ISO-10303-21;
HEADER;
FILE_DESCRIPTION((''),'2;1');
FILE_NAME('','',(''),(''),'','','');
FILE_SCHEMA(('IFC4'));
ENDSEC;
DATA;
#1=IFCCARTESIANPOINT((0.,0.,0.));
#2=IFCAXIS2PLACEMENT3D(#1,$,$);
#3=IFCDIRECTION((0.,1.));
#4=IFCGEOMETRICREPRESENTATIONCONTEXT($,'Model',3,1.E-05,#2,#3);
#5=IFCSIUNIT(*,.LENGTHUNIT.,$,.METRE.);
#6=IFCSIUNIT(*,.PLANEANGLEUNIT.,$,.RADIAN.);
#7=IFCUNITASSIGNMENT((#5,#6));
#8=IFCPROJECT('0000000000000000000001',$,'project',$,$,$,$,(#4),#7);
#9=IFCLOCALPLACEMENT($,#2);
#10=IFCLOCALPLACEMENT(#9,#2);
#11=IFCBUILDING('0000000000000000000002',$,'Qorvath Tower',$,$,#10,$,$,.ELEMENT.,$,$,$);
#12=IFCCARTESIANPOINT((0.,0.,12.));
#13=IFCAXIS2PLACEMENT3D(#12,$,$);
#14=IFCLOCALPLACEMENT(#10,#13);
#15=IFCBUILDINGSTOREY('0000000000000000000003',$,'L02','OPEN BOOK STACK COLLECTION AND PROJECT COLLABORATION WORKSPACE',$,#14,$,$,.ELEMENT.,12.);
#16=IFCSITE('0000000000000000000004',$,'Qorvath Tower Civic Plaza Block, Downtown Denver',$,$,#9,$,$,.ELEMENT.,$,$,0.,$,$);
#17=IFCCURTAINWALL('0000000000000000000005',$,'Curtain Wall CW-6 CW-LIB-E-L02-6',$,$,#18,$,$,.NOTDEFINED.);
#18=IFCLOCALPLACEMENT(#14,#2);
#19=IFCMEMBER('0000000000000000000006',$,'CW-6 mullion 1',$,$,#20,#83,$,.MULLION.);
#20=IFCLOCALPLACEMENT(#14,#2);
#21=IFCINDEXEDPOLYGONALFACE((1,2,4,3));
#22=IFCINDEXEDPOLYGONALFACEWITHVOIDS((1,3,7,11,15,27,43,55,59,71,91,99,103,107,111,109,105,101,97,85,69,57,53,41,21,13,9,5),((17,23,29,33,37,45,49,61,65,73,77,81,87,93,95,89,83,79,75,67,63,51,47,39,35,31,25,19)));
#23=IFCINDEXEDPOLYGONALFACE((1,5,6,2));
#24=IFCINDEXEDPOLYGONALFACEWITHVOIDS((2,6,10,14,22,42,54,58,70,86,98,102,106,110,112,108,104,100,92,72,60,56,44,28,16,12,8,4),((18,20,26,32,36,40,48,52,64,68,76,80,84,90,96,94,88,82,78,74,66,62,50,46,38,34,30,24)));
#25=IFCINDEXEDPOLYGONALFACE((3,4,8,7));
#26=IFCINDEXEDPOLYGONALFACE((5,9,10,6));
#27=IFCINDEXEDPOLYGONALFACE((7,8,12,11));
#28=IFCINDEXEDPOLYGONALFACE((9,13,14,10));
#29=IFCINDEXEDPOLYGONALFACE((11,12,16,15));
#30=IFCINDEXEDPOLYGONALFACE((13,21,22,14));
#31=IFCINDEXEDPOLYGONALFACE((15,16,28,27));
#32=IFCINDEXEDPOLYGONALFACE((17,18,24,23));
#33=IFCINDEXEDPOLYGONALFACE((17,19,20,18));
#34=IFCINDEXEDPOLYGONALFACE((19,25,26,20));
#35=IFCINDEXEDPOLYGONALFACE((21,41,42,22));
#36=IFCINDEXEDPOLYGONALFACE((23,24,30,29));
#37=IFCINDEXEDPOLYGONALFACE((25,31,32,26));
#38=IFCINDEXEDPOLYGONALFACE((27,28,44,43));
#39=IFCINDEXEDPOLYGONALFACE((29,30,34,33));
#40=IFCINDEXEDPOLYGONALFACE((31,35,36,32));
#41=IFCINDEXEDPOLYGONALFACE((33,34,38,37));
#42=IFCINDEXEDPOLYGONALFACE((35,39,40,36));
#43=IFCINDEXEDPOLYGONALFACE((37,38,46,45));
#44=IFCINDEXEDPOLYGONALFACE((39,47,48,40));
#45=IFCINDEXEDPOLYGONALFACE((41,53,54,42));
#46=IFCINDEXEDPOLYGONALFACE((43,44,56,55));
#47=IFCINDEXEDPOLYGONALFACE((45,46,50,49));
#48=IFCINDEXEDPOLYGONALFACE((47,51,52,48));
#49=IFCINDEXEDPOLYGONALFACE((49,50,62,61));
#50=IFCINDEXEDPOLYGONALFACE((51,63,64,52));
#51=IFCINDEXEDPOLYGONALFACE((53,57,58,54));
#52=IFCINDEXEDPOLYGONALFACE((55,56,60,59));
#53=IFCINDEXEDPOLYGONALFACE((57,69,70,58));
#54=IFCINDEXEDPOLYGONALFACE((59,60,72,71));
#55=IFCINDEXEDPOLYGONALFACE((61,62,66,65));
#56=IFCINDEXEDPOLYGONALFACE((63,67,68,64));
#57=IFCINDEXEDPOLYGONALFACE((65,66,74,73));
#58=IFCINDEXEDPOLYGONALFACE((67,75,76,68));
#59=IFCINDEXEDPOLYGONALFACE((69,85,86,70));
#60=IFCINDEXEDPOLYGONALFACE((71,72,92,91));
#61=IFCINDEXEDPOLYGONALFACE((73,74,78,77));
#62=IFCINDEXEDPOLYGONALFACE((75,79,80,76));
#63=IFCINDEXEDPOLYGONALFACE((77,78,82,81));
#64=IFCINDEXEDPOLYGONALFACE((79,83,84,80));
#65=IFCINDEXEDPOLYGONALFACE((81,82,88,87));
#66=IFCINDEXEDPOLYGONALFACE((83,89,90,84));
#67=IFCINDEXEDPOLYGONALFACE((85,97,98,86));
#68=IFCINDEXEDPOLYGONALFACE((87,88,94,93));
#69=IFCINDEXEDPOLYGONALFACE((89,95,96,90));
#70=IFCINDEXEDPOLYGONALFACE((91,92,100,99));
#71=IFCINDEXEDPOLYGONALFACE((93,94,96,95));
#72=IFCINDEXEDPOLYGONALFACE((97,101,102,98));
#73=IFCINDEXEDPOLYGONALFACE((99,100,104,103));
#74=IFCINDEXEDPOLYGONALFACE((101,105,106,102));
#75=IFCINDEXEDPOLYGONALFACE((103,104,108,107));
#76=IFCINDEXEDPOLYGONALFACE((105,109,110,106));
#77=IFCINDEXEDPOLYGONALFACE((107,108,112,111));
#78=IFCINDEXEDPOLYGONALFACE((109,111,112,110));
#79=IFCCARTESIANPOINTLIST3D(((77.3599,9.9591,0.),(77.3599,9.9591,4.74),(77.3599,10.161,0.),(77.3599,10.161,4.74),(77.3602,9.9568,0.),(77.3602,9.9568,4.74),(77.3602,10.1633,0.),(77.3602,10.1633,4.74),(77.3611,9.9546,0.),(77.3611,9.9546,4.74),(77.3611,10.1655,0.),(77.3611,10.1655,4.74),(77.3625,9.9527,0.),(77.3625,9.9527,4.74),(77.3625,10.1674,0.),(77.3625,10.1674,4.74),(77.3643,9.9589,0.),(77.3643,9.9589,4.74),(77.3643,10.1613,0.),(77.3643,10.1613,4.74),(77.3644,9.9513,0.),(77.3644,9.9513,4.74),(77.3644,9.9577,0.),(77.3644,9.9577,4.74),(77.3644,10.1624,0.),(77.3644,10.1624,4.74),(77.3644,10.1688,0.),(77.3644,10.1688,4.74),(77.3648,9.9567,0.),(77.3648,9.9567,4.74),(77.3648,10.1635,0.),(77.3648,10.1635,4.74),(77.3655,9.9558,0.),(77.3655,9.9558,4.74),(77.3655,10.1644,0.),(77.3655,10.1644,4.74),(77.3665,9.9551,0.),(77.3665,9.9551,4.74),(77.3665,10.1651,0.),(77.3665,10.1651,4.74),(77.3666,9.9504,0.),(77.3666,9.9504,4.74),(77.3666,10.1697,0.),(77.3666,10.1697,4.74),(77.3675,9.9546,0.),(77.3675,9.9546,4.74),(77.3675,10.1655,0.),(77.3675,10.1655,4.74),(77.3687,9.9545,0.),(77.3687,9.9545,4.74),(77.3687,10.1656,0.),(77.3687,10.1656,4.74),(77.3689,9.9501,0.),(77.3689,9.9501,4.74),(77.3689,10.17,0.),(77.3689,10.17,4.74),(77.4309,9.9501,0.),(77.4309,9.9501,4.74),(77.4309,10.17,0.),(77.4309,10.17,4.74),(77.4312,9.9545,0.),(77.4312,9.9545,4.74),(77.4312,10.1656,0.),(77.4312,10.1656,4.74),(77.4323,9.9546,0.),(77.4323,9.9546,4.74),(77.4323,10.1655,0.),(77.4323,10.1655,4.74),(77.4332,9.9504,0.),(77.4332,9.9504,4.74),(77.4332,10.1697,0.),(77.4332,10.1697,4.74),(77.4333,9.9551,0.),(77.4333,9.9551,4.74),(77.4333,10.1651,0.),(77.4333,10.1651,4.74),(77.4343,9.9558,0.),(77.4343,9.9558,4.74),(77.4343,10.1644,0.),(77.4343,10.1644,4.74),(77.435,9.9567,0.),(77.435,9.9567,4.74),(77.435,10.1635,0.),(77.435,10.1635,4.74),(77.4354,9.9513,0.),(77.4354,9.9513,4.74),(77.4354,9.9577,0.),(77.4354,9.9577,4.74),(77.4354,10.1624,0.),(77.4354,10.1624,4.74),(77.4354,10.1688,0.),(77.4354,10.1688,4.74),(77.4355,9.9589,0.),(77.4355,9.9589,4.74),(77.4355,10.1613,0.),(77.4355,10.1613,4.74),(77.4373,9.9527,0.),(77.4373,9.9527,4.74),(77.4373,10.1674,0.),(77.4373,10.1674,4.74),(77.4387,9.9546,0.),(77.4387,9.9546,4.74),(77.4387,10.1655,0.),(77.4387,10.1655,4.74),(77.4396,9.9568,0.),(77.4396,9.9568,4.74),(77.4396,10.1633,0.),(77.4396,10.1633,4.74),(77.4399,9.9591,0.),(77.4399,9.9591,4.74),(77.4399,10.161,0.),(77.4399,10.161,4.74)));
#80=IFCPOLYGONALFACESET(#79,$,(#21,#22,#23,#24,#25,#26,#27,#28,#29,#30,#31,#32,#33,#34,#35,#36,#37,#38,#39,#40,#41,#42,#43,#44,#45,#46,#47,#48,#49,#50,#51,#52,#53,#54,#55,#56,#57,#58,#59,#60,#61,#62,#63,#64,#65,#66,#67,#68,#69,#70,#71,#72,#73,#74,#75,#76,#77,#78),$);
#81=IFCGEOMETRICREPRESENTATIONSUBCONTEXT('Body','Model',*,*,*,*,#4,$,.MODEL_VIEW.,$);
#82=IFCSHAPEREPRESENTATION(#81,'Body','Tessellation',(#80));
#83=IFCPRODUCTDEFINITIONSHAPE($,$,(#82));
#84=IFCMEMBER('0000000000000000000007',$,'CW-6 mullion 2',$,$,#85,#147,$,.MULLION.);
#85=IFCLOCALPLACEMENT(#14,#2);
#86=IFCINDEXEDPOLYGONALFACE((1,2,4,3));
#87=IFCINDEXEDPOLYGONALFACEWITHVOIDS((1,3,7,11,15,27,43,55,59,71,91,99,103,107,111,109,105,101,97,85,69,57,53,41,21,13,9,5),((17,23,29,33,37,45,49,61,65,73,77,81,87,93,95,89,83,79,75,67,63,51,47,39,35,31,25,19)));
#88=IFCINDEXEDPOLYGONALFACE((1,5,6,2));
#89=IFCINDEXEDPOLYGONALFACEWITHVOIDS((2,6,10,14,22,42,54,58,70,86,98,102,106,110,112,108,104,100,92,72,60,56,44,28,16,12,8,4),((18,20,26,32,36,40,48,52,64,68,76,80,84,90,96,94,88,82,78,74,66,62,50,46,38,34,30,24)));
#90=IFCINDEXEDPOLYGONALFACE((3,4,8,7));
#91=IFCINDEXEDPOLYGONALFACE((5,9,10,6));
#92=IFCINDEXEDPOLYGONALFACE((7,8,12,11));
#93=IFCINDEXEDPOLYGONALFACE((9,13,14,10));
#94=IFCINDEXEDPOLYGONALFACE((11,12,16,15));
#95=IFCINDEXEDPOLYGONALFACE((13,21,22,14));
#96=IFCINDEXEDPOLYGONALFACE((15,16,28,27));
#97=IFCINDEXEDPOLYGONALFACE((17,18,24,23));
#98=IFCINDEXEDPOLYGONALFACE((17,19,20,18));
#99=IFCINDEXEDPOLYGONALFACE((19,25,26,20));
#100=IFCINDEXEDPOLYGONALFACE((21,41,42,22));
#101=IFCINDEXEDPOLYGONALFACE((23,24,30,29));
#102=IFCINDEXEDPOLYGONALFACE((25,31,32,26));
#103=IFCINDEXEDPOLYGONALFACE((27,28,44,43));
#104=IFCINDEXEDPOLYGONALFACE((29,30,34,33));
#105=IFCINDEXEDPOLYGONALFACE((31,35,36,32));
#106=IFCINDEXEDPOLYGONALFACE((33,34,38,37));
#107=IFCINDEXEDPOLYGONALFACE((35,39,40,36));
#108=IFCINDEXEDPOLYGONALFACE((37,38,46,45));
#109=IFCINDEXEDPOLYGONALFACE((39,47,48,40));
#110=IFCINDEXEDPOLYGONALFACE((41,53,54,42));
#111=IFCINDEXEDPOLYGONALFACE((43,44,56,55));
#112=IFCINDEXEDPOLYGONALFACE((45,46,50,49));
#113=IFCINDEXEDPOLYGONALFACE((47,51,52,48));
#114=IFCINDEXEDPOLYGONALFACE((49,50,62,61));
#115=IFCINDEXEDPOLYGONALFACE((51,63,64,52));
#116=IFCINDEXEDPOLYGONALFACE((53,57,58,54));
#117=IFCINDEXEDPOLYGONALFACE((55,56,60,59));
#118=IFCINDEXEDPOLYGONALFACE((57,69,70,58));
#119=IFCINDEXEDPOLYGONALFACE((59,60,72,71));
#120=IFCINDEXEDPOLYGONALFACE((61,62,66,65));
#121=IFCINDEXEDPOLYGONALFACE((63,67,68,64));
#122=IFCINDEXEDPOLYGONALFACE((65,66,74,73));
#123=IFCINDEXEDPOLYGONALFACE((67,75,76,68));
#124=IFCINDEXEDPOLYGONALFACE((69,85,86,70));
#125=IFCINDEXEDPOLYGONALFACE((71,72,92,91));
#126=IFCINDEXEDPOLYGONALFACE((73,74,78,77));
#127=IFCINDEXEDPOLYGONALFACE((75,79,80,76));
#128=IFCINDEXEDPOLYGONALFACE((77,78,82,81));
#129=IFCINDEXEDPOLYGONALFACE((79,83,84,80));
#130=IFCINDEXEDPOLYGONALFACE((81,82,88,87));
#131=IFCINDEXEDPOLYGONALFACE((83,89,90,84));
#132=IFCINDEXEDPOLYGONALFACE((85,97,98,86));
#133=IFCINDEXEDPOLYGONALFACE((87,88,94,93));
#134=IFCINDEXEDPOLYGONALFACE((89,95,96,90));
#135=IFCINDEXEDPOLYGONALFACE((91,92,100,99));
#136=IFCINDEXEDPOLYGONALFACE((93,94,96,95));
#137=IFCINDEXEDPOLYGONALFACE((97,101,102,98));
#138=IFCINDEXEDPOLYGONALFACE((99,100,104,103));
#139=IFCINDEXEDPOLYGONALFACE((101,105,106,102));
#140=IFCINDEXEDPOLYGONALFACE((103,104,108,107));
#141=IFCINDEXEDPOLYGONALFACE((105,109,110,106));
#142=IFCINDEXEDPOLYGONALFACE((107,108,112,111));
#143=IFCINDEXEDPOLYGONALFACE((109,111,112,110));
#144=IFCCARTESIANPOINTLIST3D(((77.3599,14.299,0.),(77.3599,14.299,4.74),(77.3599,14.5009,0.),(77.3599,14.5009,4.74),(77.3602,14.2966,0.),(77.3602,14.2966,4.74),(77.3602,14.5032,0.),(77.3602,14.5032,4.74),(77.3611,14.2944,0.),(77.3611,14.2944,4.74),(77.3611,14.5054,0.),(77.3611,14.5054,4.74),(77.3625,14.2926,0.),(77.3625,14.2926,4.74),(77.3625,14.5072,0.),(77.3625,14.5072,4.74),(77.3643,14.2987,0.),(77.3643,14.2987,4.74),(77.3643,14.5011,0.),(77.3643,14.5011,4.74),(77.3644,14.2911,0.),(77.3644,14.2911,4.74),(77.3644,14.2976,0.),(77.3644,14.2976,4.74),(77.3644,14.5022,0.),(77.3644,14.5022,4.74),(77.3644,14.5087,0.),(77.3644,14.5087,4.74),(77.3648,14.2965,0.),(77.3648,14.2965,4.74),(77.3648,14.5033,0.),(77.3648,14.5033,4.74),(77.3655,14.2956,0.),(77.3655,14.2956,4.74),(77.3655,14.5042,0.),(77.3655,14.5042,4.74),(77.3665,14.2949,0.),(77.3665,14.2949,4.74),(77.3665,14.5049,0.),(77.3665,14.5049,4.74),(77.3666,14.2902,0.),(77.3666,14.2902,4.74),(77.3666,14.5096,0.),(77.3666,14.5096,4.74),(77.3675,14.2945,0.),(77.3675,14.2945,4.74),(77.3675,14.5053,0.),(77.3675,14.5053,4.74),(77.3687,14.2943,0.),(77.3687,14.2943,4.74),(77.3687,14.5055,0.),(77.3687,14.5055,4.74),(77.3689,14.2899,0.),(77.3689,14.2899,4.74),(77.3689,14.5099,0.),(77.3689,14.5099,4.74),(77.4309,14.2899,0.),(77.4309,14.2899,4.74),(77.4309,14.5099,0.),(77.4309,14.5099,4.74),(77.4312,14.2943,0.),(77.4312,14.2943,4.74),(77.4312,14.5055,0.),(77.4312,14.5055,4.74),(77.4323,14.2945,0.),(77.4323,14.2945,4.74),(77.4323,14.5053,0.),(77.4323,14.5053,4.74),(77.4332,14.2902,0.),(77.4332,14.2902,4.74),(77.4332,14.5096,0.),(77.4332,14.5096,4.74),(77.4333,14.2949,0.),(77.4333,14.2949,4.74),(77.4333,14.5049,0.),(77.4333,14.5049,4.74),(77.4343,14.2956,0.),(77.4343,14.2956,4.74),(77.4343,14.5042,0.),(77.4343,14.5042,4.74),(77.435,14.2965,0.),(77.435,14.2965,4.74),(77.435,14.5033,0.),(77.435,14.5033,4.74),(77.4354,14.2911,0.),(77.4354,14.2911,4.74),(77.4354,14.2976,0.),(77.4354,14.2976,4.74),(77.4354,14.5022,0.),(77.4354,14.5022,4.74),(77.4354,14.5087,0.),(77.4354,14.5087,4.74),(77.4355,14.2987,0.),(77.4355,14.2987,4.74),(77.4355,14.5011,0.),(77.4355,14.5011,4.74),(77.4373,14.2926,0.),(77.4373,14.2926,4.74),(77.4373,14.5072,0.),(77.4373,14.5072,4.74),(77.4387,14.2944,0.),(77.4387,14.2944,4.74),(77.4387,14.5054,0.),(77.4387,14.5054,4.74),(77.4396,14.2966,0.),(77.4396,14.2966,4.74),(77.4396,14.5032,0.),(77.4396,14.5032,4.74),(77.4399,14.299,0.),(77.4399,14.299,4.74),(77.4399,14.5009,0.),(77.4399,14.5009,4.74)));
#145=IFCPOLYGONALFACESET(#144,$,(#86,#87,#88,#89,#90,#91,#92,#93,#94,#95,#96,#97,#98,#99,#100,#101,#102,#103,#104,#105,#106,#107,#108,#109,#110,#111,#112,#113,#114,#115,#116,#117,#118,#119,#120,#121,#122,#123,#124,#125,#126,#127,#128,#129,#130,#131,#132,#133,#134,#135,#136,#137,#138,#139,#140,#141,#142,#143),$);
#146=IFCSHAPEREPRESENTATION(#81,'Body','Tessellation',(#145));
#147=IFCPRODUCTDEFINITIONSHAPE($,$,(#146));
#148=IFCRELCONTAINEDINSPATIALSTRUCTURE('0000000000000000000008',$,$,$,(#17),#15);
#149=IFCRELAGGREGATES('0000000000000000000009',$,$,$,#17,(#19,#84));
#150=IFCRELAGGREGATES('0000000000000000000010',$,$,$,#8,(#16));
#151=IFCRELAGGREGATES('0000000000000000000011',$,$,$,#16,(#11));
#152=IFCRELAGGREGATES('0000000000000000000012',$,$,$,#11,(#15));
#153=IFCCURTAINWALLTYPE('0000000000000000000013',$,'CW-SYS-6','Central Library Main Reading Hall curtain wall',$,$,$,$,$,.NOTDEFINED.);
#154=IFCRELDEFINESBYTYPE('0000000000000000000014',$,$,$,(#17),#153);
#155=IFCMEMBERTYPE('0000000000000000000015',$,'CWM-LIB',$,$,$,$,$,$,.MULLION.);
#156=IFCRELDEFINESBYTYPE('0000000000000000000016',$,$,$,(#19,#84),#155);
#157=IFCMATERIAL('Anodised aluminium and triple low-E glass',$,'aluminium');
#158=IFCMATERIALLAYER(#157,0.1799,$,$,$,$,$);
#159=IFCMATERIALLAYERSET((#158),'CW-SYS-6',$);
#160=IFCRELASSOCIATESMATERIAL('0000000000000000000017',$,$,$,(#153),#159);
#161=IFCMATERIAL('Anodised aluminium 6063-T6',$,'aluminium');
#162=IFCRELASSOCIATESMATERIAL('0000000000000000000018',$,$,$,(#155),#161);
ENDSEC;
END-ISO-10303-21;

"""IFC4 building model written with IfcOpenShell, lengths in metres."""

from ifc_helpers import new_model, si_unit, direction, frame, origin, origin_2d, place, context, subcontext, project, spatial, hollow_rectangle, extrude, material, layer, layer_set, material_profile, profile_set, type_object, element, aggregate, save


model = new_model("IFC4")

# Units and contexts
model_context = context("Model", 3, precision=1e-05, world=origin(), true_north=direction((0.0, 1.0)))
body_context = subcontext(model_context, "Body", "Model", "MODEL_VIEW")
ifc_project = project(units=[si_unit("LENGTHUNIT", "METRE"), si_unit("PLANEANGLEUNIT", "RADIAN")], contexts=[model_context])

# Site, building, storey
site_placement = place(None, origin())
site = spatial("IfcSite", under=ifc_project, at=site_placement, Name="Qorvath Tower Civic Plaza Block, Downtown Denver", CompositionType="ELEMENT", RefElevation=0.0)
building_placement = place(site_placement, origin())
building = spatial("IfcBuilding", under=site, at=building_placement, Name="Qorvath Tower", CompositionType="ELEMENT")
storey_placement = place(building_placement, frame((0.0, 0.0, 12.0)))
storey = spatial("IfcBuildingStorey", under=building, at=storey_placement, Name="L02", Description="OPEN BOOK STACK COLLECTION AND PROJECT COLLABORATION WORKSPACE", CompositionType="ELEMENT", Elevation=12.0)

# Curtain wall, members
ifc_material_1 = material(Name="Anodised aluminium and triple low-E glass", Category="aluminium")
ifc_layer_1 = layer(ifc_material_1, 0.1799)
ifc_layer_set_1 = layer_set([ifc_layer_1], Name="CW-SYS-6")
curtain_wall_type = type_object("IfcCurtainWallType", Name="CW-SYS-6", Description="Central Library Main Reading Hall curtain wall", PredefinedType="NOTDEFINED", material=ifc_layer_set_1)
ifc_material_2 = material(Name="Anodised aluminium 6063-T6", Category="aluminium")
ifc_material_profile_1 = material_profile(ifc_material_2, hollow_rectangle(XDim=0.0801, YDim=0.22, WallThickness=0.0044, InnerFilletRadius=0.0044, OuterFilletRadius=0.009, at=origin_2d()), Name="CWM LIB 220x80")
ifc_profile_set_1 = profile_set([ifc_material_profile_1], Name="Anodised aluminium 6063-T6")
member_type_1 = type_object("IfcMemberType", Name="CWM-LIB", PredefinedType="MULLION", material=ifc_profile_set_1)
curtain_wall_1_placement = place(storey_placement, origin())
curtain_wall_1 = element("IfcCurtainWall", 1, at=curtain_wall_1_placement, inside=storey, type_object=curtain_wall_type, Name="Curtain Wall CW-6 CW-LIB-E-L02-6", PredefinedType="NOTDEFINED")
member_1_placement = place(storey_placement, frame((77.3999, 10.0601, 0.0), z_axis=(0.0, 0.0, 1.0), x_axis=(-1.0, 0.0, 0.0)))
member_1 = element("IfcMember", 2, at=member_1_placement, type_object=member_type_1, Name="CW-6 mullion 1", PredefinedType="MULLION", context=body_context, shape_type="SweptSolid", body=[
    extrude(hollow_rectangle(XDim=0.0801, YDim=0.22, WallThickness=0.0044, InnerFilletRadius=0.0044, OuterFilletRadius=0.009, at=origin_2d()), origin(), (0.0, 0.0, 1.0), 4.74),
])
member_2_placement = place(storey_placement, frame((77.3999, 14.3999, 0.0), z_axis=(0.0, 0.0, 1.0), x_axis=(-1.0, 0.0, 0.0)))
member_2 = element("IfcMember", 3, at=member_2_placement, type_object=member_type_1, Name="CW-6 mullion 2", PredefinedType="MULLION", context=body_context, shape_type="SweptSolid", body=[
    extrude(hollow_rectangle(XDim=0.0801, YDim=0.22, WallThickness=0.0044, InnerFilletRadius=0.0044, OuterFilletRadius=0.009, at=origin_2d()), origin(), (0.0, 0.0, 1.0), 4.74),
])

aggregate(curtain_wall_1, [member_1, member_2])

save(model, "model.ifc")
